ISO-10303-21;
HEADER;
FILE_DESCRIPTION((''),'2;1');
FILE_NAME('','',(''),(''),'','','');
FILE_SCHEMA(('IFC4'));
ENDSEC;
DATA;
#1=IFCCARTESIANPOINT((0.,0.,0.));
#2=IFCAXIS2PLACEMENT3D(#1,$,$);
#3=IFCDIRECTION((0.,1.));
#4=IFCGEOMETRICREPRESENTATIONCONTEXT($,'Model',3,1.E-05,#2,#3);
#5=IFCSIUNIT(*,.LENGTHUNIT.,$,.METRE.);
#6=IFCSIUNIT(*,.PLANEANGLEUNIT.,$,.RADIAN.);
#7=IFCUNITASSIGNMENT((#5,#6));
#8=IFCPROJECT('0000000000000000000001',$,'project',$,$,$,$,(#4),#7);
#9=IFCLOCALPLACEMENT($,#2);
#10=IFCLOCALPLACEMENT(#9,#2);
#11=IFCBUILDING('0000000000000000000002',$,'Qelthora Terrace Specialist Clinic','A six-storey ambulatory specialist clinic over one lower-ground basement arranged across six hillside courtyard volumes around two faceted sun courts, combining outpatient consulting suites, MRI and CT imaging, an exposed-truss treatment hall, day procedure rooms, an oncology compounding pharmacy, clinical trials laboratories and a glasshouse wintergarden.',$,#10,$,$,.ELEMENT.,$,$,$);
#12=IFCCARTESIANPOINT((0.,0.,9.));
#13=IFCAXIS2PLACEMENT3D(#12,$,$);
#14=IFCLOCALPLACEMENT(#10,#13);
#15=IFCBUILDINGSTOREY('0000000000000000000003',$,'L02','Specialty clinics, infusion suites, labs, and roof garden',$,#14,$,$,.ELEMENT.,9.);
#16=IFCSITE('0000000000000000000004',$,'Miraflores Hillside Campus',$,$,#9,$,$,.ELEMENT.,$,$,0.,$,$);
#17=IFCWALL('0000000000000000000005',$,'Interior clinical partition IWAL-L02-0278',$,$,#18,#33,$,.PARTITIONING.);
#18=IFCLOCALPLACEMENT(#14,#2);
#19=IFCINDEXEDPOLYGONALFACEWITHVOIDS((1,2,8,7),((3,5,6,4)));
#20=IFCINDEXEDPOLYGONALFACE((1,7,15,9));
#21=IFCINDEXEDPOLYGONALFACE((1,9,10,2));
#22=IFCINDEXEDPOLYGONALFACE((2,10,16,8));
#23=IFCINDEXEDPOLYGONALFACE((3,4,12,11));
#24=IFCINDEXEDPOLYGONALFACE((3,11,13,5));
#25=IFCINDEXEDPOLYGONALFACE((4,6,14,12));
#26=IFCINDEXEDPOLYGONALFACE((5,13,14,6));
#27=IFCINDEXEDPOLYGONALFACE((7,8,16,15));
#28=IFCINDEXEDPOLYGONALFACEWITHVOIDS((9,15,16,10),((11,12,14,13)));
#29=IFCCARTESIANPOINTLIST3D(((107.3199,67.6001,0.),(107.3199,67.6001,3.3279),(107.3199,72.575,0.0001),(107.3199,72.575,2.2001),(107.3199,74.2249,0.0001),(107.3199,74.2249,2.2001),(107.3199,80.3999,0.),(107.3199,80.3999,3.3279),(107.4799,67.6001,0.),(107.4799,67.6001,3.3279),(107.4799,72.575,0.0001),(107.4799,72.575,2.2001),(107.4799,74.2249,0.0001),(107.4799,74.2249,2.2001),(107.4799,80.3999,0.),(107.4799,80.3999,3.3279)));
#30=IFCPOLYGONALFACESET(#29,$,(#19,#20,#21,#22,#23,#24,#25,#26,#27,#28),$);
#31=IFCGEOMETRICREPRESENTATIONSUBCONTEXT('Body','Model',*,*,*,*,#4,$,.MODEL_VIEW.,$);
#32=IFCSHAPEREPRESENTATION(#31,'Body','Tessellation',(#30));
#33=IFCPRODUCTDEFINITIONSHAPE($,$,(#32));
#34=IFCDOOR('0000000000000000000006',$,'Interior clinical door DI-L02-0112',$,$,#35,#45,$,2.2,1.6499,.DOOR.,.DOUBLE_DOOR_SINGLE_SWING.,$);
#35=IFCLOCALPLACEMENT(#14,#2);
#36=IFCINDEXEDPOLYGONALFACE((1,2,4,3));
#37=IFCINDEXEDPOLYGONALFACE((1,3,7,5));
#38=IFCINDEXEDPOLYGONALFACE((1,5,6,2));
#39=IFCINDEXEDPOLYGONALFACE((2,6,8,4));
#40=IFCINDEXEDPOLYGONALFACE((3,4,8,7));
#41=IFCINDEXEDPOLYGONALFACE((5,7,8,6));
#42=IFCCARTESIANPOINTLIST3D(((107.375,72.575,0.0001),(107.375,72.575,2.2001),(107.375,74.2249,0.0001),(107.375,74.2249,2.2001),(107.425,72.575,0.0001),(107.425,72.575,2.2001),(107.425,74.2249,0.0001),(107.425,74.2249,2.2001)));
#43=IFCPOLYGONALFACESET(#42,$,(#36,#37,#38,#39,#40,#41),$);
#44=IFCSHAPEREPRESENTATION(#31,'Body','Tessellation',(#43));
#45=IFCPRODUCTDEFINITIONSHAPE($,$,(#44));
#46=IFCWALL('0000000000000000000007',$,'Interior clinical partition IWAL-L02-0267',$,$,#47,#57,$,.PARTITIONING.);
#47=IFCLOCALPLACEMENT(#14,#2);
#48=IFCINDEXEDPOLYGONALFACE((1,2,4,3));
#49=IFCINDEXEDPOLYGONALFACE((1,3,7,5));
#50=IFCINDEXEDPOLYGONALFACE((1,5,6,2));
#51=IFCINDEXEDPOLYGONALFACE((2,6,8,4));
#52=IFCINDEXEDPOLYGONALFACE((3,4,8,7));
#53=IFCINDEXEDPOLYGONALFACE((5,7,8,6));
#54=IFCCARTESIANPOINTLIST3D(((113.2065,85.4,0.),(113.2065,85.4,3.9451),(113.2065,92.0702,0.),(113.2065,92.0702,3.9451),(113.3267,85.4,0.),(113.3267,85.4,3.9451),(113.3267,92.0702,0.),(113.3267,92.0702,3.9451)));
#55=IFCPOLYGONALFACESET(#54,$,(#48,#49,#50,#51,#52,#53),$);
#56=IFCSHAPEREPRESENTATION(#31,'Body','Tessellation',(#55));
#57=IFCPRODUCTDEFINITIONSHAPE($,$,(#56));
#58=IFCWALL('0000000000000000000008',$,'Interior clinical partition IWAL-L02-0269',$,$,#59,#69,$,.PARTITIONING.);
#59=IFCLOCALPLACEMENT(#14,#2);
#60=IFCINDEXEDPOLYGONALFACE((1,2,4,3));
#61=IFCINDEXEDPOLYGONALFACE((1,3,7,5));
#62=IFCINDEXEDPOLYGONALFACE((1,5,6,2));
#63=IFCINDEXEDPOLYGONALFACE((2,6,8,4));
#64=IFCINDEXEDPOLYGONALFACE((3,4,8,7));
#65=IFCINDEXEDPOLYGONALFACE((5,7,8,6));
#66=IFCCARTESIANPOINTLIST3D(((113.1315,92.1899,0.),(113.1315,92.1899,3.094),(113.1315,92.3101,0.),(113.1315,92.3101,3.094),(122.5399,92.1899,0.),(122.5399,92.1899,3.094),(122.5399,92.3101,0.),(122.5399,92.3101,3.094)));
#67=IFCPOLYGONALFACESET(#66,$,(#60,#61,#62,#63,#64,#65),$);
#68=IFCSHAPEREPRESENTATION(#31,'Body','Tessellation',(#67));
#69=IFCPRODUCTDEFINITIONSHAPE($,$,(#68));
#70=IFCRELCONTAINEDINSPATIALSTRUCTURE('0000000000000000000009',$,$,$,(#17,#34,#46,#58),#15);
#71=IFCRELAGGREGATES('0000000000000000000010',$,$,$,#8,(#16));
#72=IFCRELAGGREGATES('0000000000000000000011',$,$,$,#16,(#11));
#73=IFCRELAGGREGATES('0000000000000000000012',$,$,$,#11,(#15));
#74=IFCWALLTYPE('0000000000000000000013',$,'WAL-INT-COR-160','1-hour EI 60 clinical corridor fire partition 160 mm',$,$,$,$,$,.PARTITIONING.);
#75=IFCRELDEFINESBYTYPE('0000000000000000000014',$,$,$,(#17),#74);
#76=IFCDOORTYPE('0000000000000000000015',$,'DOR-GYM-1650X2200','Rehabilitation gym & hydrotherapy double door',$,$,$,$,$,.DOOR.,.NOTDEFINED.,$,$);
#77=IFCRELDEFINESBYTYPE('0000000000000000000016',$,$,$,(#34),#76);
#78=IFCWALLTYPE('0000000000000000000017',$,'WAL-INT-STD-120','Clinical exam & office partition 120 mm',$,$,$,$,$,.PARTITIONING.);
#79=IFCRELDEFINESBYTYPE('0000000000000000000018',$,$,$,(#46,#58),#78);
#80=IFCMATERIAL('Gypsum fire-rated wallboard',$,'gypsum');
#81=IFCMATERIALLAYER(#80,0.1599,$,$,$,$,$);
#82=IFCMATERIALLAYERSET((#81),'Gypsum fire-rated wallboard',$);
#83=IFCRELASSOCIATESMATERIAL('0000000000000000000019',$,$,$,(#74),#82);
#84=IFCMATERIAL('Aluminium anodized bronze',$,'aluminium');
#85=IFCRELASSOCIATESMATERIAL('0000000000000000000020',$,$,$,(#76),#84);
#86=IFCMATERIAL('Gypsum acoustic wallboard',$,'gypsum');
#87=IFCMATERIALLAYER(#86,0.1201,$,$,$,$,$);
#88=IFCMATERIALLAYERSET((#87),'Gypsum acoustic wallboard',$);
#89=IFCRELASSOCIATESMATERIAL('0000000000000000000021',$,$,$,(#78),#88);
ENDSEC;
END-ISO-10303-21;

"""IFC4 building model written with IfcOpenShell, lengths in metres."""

from ifc_helpers import new_model, si_unit, direction, frame, frame_2d, origin, place, context, subcontext, project, spatial, rectangle, extrude, material, layer, layer_set, type_object, element, fill, save


model = new_model("IFC4")

# Units and contexts
model_context = context("Model", 3, precision=1e-05, world=origin(), true_north=direction((0.0, 1.0)))
body_context = subcontext(model_context, "Body", "Model", "MODEL_VIEW")
ifc_project = project(units=[si_unit("LENGTHUNIT", "METRE"), si_unit("PLANEANGLEUNIT", "RADIAN")], contexts=[model_context])

# Site, building, storey
site_placement = place(None, origin())
site = spatial("IfcSite", under=ifc_project, at=site_placement, Name="Miraflores Hillside Campus", CompositionType="ELEMENT", RefElevation=0.0)
building_placement = place(site_placement, origin())
building = spatial("IfcBuilding", under=site, at=building_placement, Name="Qelthora Terrace Specialist Clinic", Description="A six-storey ambulatory specialist clinic over one lower-ground basement arranged across six hillside courtyard volumes around two faceted sun courts, combining outpatient consulting suites, MRI and CT imaging, an exposed-truss treatment hall, day procedure rooms, an oncology compounding pharmacy, clinical trials laboratories and a glasshouse wintergarden.", CompositionType="ELEMENT")
storey_placement = place(building_placement, frame((0.0, 0.0, 9.0)))
storey = spatial("IfcBuildingStorey", under=building, at=storey_placement, Name="L02", Description="Specialty clinics, infusion suites, labs, and roof garden", CompositionType="ELEMENT", Elevation=9.0)

# Shared definitions
ifc_material_1 = material(Name="Aluminium anodized bronze", Category="aluminium")

# Shared definitions
ifc_material_2 = material(Name="Gypsum acoustic wallboard", Category="gypsum")

# Wall, opening, door
ifc_material_3 = material(Name="Gypsum fire-rated wallboard", Category="gypsum")
ifc_layer_1 = layer(ifc_material_3, 0.1599)
ifc_layer_set_1 = layer_set([ifc_layer_1], Name="Gypsum fire-rated wallboard")
wall_type_1 = type_object("IfcWallType", Name="WAL-INT-COR-160", Description="1-hour EI 60 clinical corridor fire partition 160 mm", PredefinedType="PARTITIONING", material=ifc_layer_set_1)
wall_1_placement = place(storey_placement, frame((107.3999, 80.3999, 0.0), z_axis=(0.0, 0.0, 1.0), x_axis=(0.0, -1.0, 0.0)))
wall_1 = element("IfcWall", 1, at=wall_1_placement, inside=storey, type_object=wall_type_1, Name="Interior clinical partition IWAL-L02-0278", PredefinedType="PARTITIONING", context=body_context, shape_type="SweptSolid", body=[
    extrude(rectangle(XDim=12.7998, YDim=0.1599, at=frame_2d((6.3999, 0.0))), origin(), (0.0, 0.0, 1.0), 3.3279),
])
opening_1_placement = place(wall_1_placement, frame((6.175, 0.0, 0.0)))
opening_1 = element("IfcOpeningElement", 2, at=opening_1_placement, cuts=wall_1, PredefinedType="OPENING", context=body_context, shape_type="SweptSolid", body=[
    extrude(rectangle(XDim=1.6499, YDim=2.2, at=frame_2d((0.825, 1.1001))), frame((0.0, 0.0898, 0.0), z_axis=(0.0, -1.0, 0.0), x_axis=(1.0, 0.0, 0.0)), (0.0, 0.0, 1.0), 0.1799),
])
door_type_1 = type_object("IfcDoorType", Name="DOR-GYM-1650X2200", Description="Rehabilitation gym & hydrotherapy double door", OperationType="NOTDEFINED", PredefinedType="DOOR", material=ifc_material_1)
door_1_placement = place(opening_1_placement, frame((1.6499, 0.0, 0.0), z_axis=(0.0, 0.0, 1.0), x_axis=(-1.0, 0.0, 0.0)))
door_1 = element("IfcDoor", 3, at=door_1_placement, inside=storey, type_object=door_type_1, Name="Interior clinical door DI-L02-0112", OperationType="DOUBLE_DOOR_SINGLE_SWING", OverallHeight=2.2, OverallWidth=1.6499, PredefinedType="DOOR", context=body_context, shape_type="SweptSolid", body=[
    extrude(rectangle(XDim=1.6499, YDim=2.2, at=frame_2d((0.825, 1.1001))), frame((0.0, 0.0249, 0.0), z_axis=(0.0, -1.0, 0.0), x_axis=(1.0, 0.0, 0.0)), (0.0, 0.0, 1.0), 0.05),
])
fill(opening_1, door_1)

# Walls
ifc_layer_2 = layer(ifc_material_2, 0.1201)
ifc_layer_set_2 = layer_set([ifc_layer_2], Name="Gypsum acoustic wallboard")
wall_type_2 = type_object("IfcWallType", Name="WAL-INT-STD-120", Description="Clinical exam & office partition 120 mm", PredefinedType="PARTITIONING", material=ifc_layer_set_2)
wall_2_placement = place(storey_placement, frame((113.2666, 92.0701, 0.0), z_axis=(0.0, 0.0, 1.0), x_axis=(0.0, -1.0, 0.0)))
element("IfcWall", 4, at=wall_2_placement, inside=storey, type_object=wall_type_2, Name="Interior clinical partition IWAL-L02-0267", PredefinedType="PARTITIONING", context=body_context, shape_type="SweptSolid", body=[
    extrude(rectangle(XDim=6.6702, YDim=0.1201, at=frame_2d((3.335, 0.0))), origin(), (0.0, 0.0, 1.0), 3.9451),
])
wall_3_placement = place(storey_placement, frame((113.1316, 92.25, 0.0), z_axis=(0.0, 0.0, 1.0), x_axis=(1.0, 0.0, 0.0)))
element("IfcWall", 5, at=wall_3_placement, inside=storey, type_object=wall_type_2, Name="Interior clinical partition IWAL-L02-0269", PredefinedType="PARTITIONING", context=body_context, shape_type="SweptSolid", body=[
    extrude(rectangle(XDim=9.4084, YDim=0.1201, at=frame_2d((4.7041, 0.0))), origin(), (0.0, 0.0, 1.0), 3.094),
])

save(model, "model.ifc")
